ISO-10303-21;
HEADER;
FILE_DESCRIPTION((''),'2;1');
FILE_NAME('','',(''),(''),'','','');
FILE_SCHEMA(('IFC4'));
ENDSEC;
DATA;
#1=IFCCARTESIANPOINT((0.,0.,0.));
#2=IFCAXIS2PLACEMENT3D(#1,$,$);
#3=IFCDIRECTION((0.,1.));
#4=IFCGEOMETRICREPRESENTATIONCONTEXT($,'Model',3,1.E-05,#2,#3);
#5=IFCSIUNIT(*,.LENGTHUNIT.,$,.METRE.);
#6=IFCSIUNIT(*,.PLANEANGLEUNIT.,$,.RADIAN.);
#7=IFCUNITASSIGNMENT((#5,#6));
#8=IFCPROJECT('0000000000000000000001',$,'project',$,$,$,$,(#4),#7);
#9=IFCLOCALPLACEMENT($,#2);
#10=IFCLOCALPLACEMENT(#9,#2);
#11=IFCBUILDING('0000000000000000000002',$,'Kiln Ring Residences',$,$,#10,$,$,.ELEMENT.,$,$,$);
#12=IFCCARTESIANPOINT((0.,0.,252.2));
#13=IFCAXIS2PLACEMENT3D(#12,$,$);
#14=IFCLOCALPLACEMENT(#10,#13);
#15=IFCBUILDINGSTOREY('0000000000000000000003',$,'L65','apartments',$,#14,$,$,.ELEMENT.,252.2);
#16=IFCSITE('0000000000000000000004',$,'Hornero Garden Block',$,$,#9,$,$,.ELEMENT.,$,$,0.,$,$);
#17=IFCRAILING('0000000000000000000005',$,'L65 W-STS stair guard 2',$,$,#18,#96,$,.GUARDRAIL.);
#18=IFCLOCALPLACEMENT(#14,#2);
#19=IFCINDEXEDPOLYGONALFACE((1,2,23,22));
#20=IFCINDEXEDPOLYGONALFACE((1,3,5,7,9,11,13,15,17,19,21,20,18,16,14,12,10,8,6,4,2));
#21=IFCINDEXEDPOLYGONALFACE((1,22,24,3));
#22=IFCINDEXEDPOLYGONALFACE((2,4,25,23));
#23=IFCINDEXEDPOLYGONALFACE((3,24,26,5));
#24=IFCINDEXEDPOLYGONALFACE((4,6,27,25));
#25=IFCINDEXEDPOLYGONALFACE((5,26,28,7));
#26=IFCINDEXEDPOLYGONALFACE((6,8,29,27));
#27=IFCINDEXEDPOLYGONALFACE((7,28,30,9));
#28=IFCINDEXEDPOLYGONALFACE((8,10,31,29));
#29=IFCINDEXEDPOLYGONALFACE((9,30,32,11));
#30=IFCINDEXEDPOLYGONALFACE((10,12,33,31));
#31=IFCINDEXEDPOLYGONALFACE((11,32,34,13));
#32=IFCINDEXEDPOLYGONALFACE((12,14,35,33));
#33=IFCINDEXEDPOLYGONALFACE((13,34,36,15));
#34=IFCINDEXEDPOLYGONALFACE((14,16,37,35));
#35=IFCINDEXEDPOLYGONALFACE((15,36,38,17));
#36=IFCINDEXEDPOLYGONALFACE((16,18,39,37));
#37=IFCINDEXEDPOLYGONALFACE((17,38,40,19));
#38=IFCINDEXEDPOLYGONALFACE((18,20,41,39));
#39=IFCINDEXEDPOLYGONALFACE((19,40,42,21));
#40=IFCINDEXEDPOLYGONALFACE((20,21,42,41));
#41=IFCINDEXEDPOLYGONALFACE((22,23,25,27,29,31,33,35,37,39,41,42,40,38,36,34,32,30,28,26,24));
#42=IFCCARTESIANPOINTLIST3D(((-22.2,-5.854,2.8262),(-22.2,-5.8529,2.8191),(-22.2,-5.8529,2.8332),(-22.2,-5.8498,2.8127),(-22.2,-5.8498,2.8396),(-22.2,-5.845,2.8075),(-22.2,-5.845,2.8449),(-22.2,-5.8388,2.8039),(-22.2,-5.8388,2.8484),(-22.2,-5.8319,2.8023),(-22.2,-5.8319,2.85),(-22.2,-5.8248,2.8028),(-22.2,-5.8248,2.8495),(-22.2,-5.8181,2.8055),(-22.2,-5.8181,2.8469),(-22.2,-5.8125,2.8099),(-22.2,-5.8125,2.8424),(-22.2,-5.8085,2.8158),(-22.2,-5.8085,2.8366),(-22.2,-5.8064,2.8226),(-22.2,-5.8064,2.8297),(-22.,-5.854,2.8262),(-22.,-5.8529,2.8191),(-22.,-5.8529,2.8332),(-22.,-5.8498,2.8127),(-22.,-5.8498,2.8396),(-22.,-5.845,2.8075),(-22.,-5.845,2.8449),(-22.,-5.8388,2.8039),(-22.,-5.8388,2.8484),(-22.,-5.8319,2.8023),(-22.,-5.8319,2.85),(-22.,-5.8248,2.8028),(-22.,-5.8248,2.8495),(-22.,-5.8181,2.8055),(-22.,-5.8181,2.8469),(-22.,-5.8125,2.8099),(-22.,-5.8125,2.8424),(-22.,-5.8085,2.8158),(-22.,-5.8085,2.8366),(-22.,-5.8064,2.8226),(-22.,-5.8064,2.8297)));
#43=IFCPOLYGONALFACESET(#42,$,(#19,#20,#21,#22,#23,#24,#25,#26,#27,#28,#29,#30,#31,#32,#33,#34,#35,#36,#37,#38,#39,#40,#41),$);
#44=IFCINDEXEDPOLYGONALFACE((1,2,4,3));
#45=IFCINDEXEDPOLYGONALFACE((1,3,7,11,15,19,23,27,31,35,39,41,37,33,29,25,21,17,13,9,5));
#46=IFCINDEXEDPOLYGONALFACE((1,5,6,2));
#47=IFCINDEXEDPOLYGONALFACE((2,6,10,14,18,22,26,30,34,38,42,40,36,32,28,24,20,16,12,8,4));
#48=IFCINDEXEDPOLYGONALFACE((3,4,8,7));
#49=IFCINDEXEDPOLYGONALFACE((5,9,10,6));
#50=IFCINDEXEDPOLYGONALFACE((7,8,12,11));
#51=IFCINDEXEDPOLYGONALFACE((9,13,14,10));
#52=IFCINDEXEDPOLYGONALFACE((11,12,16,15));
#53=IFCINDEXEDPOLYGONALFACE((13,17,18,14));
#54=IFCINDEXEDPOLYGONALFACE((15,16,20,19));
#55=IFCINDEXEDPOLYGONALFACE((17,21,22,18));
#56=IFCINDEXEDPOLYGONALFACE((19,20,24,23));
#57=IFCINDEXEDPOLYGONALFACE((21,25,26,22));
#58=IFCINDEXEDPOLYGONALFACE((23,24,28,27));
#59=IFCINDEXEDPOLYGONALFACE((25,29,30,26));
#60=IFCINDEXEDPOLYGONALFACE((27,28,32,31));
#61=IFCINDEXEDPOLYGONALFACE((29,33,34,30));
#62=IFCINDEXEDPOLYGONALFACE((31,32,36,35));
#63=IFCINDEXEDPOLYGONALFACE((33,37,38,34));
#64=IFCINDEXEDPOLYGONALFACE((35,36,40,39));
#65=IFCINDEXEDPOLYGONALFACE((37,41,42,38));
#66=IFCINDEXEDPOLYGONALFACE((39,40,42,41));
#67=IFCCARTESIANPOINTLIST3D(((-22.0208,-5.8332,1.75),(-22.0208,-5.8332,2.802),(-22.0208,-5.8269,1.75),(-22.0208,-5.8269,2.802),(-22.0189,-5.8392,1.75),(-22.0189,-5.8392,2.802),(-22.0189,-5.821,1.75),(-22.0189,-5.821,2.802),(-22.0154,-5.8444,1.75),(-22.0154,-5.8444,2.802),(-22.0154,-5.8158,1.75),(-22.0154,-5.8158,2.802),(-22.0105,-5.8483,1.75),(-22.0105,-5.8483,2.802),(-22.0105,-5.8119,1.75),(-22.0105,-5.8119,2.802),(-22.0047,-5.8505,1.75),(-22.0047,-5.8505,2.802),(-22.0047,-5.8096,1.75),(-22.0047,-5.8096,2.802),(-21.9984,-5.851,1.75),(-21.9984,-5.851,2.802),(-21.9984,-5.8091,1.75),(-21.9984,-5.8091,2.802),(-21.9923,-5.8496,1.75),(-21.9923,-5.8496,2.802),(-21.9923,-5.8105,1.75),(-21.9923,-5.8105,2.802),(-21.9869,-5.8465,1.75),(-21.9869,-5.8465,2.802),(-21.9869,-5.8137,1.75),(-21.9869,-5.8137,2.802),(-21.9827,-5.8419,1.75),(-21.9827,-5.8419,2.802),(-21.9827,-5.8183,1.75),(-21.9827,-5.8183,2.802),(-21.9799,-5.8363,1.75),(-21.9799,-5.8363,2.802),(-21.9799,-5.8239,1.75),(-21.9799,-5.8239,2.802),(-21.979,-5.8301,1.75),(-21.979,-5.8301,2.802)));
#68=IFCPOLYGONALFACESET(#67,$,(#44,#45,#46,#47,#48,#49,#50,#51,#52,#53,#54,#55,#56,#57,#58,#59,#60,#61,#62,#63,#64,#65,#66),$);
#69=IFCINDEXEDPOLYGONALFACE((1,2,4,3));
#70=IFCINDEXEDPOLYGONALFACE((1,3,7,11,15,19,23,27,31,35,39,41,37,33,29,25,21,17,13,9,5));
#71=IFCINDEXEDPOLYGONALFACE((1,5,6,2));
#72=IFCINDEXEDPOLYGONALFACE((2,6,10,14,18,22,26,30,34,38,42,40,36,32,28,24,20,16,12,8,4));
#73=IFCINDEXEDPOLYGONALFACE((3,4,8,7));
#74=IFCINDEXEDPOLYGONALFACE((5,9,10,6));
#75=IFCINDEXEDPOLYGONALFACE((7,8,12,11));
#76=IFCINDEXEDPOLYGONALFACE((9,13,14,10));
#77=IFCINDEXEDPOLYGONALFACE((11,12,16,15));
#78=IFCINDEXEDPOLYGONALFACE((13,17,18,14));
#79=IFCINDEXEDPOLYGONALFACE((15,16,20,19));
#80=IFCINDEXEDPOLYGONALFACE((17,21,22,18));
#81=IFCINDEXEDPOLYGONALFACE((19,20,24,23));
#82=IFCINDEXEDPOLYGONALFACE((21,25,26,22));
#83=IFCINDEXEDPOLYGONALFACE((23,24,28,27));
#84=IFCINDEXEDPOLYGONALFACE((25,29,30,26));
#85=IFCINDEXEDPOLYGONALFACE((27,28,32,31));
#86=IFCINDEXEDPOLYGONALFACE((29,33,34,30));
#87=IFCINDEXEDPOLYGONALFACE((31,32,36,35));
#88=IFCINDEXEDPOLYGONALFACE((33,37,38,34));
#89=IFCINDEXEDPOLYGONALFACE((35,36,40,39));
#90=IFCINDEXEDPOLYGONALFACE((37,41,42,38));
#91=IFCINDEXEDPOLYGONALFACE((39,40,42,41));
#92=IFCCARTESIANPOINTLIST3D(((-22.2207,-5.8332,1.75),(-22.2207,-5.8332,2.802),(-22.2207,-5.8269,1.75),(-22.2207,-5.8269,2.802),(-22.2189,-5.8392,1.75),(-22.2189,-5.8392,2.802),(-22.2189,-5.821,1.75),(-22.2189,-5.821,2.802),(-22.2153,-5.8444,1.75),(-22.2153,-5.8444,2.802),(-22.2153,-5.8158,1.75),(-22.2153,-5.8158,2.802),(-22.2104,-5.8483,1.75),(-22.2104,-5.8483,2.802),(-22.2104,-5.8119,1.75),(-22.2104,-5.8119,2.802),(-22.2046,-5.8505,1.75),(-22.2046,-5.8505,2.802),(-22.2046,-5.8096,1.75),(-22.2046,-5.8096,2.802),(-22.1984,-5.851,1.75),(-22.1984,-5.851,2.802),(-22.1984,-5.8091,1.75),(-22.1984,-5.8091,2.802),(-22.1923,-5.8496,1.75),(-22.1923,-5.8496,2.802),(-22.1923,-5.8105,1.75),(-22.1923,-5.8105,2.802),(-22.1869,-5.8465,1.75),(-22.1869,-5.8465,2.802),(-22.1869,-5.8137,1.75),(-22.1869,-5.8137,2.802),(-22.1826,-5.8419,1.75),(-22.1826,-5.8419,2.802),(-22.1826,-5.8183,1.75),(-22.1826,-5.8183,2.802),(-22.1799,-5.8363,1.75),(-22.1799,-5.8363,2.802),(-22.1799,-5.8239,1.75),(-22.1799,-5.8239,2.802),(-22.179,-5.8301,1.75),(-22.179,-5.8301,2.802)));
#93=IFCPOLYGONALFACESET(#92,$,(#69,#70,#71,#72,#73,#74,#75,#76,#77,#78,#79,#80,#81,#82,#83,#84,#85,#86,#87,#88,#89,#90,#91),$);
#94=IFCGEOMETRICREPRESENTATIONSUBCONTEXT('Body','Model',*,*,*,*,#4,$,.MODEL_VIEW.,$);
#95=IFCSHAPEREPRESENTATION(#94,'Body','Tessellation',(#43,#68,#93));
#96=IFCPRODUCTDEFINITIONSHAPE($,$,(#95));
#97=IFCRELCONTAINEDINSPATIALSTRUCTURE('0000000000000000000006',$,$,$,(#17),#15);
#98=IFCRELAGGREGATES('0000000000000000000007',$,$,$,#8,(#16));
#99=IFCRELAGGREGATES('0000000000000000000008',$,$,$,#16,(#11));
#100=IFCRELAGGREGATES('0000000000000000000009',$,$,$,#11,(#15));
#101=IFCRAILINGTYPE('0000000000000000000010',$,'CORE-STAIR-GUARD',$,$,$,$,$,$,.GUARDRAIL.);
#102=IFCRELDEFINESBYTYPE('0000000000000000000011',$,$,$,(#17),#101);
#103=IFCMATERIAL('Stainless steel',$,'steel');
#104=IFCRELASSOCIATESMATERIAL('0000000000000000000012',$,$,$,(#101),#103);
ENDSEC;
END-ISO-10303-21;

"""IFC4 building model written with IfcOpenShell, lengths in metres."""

from ifc_helpers import new_model, si_unit, direction, frame, origin, origin_2d, place, context, subcontext, project, spatial, circle, extrude, material, type_object, element, save


model = new_model("IFC4")

# Units and contexts
model_context = context("Model", 3, precision=1e-05, world=origin(), true_north=direction((0.0, 1.0)))
body_context = subcontext(model_context, "Body", "Model", "MODEL_VIEW")
ifc_project = project(units=[si_unit("LENGTHUNIT", "METRE"), si_unit("PLANEANGLEUNIT", "RADIAN")], contexts=[model_context])

# Site, building, storey
site_placement = place(None, origin())
site = spatial("IfcSite", under=ifc_project, at=site_placement, Name="Hornero Garden Block", CompositionType="ELEMENT", RefElevation=0.0)
building_placement = place(site_placement, origin())
building = spatial("IfcBuilding", under=site, at=building_placement, Name="Kiln Ring Residences", CompositionType="ELEMENT")
storey_placement = place(building_placement, frame((0.0, 0.0, 252.2)))
storey = spatial("IfcBuildingStorey", under=building, at=storey_placement, Name="L65", Description="apartments", CompositionType="ELEMENT", Elevation=252.2)

# Railing
ifc_material_1 = material(Name="Stainless steel", Category="steel")
railing_type_1 = type_object("IfcRailingType", Name="CORE-STAIR-GUARD", PredefinedType="GUARDRAIL", material=ifc_material_1)
railing_1_placement = place(storey_placement, frame((-22.0, -5.8301, 1.75)))
element("IfcRailing", 1, at=railing_1_placement, inside=storey, type_object=railing_type_1, Name="L65 W-STS stair guard 2", PredefinedType="GUARDRAIL", context=body_context, shape_type="SweptSolid", body=[
    extrude(circle(Radius=0.0239, at=origin_2d()), frame((0.0, 0.0, 1.0762), z_axis=(-1.0, 0.0, 0.0), x_axis=(0.0, -1.0, 0.0)), (0.0, 0.0, 1.0), 0.2),
    extrude(circle(Radius=0.021, at=origin_2d()), origin(), (0.0, 0.0, 1.0), 1.052),
    extrude(circle(Radius=0.021, at=origin_2d()), frame((-0.2, 0.0, 0.0)), (0.0, 0.0, 1.0), 1.052),
])

save(model, "model.ifc")
